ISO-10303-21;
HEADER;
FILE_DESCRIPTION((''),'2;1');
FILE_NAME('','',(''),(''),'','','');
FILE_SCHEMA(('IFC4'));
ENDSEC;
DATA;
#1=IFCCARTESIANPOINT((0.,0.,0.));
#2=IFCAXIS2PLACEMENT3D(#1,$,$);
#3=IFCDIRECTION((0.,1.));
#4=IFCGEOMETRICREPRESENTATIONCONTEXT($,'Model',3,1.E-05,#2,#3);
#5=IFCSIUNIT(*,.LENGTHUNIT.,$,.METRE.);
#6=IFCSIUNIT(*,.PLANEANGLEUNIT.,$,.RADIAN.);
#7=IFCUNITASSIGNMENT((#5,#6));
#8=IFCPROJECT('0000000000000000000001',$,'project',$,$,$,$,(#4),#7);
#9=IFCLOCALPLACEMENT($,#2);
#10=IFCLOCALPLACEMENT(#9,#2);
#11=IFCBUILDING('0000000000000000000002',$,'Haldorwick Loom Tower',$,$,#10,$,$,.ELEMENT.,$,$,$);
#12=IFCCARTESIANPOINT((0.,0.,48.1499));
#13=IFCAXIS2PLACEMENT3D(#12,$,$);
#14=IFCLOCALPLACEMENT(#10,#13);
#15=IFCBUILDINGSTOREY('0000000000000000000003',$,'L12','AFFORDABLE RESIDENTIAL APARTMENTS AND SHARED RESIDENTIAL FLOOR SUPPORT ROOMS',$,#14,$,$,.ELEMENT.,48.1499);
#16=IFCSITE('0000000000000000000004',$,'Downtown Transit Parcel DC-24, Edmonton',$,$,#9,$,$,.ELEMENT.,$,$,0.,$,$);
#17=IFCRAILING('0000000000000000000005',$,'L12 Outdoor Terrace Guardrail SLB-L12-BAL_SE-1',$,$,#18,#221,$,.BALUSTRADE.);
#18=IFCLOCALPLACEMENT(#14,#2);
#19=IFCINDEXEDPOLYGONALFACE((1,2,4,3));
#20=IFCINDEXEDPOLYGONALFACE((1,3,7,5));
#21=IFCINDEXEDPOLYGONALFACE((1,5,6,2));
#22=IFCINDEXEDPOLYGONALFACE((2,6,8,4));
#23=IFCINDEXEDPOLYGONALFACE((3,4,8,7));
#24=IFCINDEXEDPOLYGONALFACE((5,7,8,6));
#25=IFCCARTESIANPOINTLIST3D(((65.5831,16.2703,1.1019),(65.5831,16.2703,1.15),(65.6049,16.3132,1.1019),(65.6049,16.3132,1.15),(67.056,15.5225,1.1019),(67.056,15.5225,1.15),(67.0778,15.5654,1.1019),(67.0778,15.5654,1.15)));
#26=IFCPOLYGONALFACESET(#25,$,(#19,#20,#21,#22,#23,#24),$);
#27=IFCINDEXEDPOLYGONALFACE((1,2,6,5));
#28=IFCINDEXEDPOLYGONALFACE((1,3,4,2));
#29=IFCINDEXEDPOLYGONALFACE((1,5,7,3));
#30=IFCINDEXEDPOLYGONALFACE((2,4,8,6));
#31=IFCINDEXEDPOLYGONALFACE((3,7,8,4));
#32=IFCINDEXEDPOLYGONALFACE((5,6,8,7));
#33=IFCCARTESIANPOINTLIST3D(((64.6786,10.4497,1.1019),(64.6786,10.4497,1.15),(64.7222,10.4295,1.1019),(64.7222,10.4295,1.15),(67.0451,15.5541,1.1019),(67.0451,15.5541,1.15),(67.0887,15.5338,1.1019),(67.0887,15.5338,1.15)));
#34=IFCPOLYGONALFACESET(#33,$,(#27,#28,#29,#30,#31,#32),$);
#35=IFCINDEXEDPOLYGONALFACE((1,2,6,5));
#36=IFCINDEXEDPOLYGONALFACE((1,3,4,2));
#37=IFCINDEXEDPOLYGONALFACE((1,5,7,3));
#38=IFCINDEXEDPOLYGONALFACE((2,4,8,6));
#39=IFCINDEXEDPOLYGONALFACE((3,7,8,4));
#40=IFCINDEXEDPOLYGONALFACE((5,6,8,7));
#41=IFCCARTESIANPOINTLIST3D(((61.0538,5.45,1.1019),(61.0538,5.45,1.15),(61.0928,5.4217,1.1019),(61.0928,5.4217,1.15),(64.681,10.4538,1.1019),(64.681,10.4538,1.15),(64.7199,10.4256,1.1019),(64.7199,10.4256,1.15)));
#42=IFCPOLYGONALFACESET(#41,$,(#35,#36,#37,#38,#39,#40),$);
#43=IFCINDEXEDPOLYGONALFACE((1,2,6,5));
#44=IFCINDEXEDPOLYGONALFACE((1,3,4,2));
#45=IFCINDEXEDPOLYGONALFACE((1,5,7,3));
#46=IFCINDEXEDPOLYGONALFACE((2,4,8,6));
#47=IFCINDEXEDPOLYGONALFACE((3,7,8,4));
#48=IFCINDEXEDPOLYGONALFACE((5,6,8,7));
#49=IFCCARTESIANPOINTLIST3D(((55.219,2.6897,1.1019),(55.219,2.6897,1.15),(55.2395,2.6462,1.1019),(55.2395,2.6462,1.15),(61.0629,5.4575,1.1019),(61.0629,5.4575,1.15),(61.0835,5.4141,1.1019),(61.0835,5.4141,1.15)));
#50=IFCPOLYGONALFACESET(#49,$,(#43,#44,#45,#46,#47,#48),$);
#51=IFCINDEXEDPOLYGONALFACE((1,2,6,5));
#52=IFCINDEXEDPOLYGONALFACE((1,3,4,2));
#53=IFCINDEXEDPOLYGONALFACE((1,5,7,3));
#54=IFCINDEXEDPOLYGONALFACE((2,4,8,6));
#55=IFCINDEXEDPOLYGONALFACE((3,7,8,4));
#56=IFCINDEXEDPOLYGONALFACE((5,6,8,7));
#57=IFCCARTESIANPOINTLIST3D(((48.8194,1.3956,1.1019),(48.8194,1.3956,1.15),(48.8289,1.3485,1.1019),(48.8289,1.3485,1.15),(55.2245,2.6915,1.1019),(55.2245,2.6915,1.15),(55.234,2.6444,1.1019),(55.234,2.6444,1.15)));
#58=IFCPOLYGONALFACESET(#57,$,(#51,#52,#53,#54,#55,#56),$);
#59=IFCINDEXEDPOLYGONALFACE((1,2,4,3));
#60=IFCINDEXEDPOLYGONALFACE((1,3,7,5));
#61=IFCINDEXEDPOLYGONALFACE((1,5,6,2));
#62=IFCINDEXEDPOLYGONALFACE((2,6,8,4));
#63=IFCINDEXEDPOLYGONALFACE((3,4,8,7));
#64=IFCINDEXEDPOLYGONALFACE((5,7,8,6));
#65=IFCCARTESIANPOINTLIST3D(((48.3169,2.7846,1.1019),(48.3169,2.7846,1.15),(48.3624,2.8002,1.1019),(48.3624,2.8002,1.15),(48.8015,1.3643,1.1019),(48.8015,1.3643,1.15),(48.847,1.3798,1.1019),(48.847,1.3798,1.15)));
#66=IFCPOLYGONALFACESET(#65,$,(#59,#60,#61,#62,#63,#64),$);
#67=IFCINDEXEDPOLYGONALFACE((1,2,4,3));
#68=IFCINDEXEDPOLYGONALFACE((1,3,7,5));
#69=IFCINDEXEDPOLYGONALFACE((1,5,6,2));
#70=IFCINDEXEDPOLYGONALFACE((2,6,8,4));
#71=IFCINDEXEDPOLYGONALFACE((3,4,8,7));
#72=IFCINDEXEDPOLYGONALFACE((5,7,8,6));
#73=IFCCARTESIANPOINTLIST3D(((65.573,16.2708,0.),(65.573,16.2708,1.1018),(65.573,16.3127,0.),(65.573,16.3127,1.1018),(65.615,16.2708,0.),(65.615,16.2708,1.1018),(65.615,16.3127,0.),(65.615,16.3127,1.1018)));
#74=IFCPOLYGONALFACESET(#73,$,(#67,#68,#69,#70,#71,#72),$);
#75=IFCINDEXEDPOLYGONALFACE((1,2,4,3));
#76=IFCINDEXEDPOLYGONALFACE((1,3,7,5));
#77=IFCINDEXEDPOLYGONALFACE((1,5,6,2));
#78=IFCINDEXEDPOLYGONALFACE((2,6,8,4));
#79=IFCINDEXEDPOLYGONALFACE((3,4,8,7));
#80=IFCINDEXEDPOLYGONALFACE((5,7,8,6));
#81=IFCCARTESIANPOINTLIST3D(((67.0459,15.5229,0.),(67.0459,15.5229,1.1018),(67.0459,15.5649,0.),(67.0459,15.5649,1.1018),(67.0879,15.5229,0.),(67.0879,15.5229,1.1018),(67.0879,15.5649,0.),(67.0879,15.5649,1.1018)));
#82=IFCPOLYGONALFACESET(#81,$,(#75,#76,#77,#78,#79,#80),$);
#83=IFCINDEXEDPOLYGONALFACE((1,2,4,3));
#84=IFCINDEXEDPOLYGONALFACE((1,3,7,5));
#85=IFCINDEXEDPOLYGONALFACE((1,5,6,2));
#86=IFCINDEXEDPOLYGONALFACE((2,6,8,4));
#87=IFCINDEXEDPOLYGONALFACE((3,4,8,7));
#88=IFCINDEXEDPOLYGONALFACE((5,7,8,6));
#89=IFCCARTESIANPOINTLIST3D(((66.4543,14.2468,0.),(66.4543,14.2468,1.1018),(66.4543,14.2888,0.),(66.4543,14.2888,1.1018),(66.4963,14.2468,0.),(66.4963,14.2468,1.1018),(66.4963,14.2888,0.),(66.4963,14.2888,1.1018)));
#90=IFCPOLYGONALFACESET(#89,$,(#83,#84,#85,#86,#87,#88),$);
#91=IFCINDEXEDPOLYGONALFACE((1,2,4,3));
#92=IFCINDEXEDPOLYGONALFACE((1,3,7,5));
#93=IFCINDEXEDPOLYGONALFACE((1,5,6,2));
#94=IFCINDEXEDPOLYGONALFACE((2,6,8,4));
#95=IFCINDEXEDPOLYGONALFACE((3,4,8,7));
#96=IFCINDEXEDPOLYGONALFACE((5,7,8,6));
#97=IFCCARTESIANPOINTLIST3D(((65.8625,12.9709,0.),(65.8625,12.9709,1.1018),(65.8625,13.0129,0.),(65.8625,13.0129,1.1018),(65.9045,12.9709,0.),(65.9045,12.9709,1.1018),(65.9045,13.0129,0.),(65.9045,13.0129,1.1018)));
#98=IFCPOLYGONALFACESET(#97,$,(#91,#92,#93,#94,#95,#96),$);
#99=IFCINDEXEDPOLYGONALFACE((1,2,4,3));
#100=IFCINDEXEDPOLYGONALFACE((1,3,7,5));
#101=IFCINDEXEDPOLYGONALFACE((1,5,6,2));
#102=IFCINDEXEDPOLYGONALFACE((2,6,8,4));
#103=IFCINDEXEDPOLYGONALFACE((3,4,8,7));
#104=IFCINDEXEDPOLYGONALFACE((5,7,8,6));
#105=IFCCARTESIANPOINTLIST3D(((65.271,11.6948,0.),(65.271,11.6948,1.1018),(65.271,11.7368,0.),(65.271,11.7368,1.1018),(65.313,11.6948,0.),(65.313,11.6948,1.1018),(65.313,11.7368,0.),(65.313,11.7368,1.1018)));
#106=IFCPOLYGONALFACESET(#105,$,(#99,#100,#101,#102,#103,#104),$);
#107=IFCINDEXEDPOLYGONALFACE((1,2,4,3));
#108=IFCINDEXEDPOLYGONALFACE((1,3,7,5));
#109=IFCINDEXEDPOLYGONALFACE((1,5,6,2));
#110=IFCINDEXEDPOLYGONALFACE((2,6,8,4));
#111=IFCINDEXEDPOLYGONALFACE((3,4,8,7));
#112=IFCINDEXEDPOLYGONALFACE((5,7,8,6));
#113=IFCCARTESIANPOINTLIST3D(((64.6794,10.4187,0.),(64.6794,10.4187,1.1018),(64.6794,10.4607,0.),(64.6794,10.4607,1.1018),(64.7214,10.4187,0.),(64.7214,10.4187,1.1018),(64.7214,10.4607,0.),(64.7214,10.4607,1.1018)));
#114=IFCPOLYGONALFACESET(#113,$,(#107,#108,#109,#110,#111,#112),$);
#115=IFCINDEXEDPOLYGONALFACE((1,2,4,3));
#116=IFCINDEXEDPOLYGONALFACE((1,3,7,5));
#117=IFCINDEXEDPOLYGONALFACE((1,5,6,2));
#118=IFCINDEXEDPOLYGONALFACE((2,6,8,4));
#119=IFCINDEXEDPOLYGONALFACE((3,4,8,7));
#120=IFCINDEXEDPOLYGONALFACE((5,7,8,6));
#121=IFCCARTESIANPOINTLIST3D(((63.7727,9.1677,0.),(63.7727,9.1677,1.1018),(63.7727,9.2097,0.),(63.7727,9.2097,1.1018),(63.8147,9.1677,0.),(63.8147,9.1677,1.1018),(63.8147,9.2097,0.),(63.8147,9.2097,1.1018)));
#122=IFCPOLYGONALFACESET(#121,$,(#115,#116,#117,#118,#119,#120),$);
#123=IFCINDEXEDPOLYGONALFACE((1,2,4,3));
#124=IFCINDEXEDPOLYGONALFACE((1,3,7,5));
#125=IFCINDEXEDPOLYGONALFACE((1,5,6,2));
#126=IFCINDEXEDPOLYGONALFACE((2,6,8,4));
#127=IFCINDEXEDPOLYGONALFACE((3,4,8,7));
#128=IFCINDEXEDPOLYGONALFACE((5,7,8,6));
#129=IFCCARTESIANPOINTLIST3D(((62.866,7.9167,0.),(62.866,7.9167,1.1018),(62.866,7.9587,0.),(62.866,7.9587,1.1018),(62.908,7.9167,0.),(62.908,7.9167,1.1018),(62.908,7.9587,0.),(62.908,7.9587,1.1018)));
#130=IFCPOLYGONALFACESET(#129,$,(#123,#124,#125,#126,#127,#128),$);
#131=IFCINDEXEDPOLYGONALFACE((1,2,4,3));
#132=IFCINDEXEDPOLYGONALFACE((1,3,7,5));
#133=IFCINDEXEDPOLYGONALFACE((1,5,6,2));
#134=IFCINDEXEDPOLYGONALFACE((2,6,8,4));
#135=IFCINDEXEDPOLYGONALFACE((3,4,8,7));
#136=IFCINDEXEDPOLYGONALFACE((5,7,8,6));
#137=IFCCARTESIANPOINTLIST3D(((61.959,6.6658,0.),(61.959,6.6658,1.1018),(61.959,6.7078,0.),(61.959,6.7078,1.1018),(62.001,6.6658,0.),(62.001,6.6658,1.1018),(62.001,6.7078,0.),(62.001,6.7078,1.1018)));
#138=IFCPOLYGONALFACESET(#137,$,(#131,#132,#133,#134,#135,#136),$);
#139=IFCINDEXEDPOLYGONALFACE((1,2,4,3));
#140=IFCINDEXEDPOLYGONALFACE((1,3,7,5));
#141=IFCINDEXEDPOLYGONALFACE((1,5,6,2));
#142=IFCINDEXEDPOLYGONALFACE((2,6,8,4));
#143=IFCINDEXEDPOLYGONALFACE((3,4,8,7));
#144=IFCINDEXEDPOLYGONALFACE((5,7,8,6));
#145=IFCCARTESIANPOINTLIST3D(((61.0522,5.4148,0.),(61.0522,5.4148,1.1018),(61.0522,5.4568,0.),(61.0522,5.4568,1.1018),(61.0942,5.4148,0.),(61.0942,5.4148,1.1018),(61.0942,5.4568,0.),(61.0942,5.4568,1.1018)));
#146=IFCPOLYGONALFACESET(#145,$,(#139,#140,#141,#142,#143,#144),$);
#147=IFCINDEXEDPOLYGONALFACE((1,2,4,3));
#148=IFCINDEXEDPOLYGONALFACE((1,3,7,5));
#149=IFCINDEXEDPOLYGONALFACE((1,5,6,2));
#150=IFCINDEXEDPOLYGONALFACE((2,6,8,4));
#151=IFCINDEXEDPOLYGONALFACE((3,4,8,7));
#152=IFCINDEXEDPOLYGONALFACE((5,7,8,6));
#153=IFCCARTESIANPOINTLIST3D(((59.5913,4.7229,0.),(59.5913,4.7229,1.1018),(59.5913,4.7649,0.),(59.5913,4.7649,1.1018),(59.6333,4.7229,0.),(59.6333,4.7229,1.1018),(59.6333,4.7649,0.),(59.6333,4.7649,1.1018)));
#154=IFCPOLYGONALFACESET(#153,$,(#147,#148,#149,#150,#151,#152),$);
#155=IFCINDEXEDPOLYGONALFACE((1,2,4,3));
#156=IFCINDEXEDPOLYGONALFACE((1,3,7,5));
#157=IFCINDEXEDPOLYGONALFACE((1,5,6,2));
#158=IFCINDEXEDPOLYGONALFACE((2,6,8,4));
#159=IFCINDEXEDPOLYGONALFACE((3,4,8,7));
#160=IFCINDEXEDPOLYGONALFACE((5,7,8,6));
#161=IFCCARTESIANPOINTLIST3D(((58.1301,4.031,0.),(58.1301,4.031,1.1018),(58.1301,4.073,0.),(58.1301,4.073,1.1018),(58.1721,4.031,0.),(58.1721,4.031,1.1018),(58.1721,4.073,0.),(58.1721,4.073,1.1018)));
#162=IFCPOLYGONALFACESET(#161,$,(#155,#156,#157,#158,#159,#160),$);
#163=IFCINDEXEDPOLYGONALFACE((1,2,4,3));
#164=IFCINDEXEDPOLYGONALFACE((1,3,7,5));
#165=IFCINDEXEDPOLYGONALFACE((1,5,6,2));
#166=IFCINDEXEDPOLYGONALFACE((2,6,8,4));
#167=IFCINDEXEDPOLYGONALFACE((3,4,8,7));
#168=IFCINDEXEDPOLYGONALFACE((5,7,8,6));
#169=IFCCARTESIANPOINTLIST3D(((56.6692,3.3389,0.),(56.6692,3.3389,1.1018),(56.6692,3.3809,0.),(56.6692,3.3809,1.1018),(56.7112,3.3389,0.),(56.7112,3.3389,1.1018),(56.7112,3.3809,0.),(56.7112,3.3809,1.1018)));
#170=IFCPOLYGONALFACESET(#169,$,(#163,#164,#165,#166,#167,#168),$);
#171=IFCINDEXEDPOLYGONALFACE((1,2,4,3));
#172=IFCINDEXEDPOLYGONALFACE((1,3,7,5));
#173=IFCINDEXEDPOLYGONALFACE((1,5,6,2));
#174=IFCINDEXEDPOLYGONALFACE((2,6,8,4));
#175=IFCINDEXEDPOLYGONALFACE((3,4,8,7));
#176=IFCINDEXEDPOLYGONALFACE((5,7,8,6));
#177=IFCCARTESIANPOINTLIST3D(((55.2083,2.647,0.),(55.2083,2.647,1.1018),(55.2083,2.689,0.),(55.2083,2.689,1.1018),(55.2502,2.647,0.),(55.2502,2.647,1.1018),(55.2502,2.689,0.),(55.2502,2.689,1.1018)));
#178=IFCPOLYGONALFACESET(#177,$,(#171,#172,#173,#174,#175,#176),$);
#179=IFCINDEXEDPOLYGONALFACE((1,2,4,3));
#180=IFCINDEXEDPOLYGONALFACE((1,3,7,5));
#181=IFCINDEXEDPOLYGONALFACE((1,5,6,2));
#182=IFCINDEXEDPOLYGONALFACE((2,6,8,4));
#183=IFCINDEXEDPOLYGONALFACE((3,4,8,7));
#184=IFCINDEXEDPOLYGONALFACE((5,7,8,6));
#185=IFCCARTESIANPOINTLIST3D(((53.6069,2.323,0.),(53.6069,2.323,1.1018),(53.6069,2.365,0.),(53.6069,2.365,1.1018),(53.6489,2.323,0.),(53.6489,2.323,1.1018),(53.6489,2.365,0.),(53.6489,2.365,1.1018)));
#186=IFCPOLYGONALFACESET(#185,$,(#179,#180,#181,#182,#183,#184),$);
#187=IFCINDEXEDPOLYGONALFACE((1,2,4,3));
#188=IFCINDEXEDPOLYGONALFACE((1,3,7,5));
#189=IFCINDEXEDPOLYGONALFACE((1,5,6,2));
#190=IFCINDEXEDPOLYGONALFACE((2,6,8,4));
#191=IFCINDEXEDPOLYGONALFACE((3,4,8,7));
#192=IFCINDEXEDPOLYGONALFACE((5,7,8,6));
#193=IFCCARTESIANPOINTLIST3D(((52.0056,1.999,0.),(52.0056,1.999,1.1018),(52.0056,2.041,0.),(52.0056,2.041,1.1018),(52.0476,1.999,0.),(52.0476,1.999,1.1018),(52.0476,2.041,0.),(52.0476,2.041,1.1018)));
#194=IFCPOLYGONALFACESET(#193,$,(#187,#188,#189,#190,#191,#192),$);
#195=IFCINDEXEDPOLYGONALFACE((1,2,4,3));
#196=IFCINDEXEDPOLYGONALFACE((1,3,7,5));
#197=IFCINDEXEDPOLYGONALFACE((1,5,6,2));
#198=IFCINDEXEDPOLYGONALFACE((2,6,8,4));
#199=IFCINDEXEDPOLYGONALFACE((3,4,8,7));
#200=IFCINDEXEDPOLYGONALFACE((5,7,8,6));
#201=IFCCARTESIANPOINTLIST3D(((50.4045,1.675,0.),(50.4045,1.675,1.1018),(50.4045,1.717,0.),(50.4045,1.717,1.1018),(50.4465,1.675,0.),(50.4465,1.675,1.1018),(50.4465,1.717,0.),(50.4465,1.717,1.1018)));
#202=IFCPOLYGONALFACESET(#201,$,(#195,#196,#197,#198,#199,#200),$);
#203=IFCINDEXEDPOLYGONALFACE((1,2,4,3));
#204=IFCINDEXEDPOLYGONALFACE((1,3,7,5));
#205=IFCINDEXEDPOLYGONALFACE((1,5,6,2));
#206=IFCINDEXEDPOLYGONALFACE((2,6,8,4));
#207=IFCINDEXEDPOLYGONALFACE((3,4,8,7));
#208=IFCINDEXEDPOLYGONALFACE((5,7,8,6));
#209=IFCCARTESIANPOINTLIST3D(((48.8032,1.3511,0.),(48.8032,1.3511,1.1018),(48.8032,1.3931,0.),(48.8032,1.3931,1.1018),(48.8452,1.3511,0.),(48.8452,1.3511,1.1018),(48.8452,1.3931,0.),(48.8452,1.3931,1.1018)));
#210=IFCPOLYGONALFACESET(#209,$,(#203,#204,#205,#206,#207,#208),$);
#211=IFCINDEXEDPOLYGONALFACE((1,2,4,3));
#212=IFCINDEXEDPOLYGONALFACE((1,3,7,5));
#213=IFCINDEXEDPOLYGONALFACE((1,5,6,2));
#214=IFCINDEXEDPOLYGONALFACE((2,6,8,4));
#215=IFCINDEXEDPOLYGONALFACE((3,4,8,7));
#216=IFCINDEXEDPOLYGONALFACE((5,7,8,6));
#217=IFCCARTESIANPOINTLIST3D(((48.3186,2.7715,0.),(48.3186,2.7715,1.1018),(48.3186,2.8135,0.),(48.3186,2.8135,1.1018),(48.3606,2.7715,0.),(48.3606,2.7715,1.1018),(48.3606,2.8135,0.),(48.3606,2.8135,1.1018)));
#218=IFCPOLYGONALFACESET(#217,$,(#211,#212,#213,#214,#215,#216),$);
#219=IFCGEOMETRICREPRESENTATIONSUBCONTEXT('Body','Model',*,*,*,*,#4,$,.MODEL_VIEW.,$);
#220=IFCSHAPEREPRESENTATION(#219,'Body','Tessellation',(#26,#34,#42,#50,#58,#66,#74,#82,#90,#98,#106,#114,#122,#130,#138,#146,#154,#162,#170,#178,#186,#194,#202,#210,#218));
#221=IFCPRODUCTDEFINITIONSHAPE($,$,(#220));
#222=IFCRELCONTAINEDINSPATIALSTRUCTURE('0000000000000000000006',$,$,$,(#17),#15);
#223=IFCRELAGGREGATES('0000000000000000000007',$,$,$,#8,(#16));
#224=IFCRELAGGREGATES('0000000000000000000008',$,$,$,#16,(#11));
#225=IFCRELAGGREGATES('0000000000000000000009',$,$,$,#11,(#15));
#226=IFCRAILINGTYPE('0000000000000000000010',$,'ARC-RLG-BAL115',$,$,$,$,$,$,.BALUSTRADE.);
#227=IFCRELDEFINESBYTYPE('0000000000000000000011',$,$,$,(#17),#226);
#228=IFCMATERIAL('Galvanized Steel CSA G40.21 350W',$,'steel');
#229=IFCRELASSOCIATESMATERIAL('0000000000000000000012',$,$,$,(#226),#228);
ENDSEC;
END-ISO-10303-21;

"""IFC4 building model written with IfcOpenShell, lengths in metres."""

from ifc_helpers import new_model, si_unit, direction, frame, origin, origin_2d, place, context, subcontext, project, spatial, rectangle, extrude, material, type_object, element, save


model = new_model("IFC4")

# Units and contexts
model_context = context("Model", 3, precision=1e-05, world=origin(), true_north=direction((0.0, 1.0)))
body_context = subcontext(model_context, "Body", "Model", "MODEL_VIEW")
ifc_project = project(units=[si_unit("LENGTHUNIT", "METRE"), si_unit("PLANEANGLEUNIT", "RADIAN")], contexts=[model_context])

# Site, building, storey
site_placement = place(None, origin())
site = spatial("IfcSite", under=ifc_project, at=site_placement, Name="Downtown Transit Parcel DC-24, Edmonton", CompositionType="ELEMENT", RefElevation=0.0)
building_placement = place(site_placement, origin())
building = spatial("IfcBuilding", under=site, at=building_placement, Name="Haldorwick Loom Tower", CompositionType="ELEMENT")
storey_placement = place(building_placement, frame((0.0, 0.0, 48.1499)))
storey = spatial("IfcBuildingStorey", under=building, at=storey_placement, Name="L12", Description="AFFORDABLE RESIDENTIAL APARTMENTS AND SHARED RESIDENTIAL FLOOR SUPPORT ROOMS", CompositionType="ELEMENT", Elevation=48.1499)

# Railing
ifc_material_1 = material(Name="Galvanized Steel CSA G40.21 350W", Category="steel")
railing_type = type_object("IfcRailingType", Name="ARC-RLG-BAL115", PredefinedType="BALUSTRADE", material=ifc_material_1)
railing_placement = place(storey_placement, frame((65.594, 16.2917, 0.0)))
element("IfcRailing", 1, at=railing_placement, inside=storey, type_object=railing_type, Name="L12 Outdoor Terrace Guardrail SLB-L12-BAL_SE-1", PredefinedType="BALUSTRADE", context=body_context, shape_type="SweptSolid", body=[
    extrude(rectangle(XDim=0.0481, YDim=0.0481, at=origin_2d()), frame((0.0, 0.0, 1.126), z_axis=(0.891661, -0.452703, 0.0), x_axis=(0.452703, 0.891661, 0.0)), (0.0, 0.0, 1.0), 1.6519),
    extrude(rectangle(XDim=0.0481, YDim=0.0481, at=origin_2d()), frame((1.4729, -0.7478, 1.126), z_axis=(-0.420618, -0.907238, 0.0), x_axis=(0.907238, -0.420618, 0.0)), (0.0, 0.0, 1.0), 5.6262),
    extrude(rectangle(XDim=0.0481, YDim=0.0481, at=origin_2d()), frame((-0.8936, -5.8521, 1.126), z_axis=(-0.5869, -0.809659, 0.0), x_axis=(0.809659, -0.5869, 0.0)), (0.0, 0.0, 1.0), 6.1802),
    extrude(rectangle(XDim=0.0481, YDim=0.0481, at=origin_2d()), frame((-4.5208, -10.856, 1.126), z_axis=(-0.903761, -0.428038, 0.0), x_axis=(0.428038, -0.903761, 0.0)), (0.0, 0.0, 1.0), 6.4663),
    extrude(rectangle(XDim=0.0481, YDim=0.0481, at=origin_2d()), frame((-10.3647, -13.6238, 1.126), z_axis=(-0.98014, -0.198307, 0.0), x_axis=(0.198307, -0.98014, 0.0)), (0.0, 0.0, 1.0), 6.5349),
    extrude(rectangle(XDim=0.0481, YDim=0.0481, at=origin_2d()), frame((-16.7698, -14.9197, 1.126), z_axis=(-0.322906, 0.946431, 0.0), x_axis=(-0.946431, -0.322906, 0.0)), (0.0, 0.0, 1.0), 1.5007),
    extrude(rectangle(XDim=0.042, YDim=0.042, at=origin_2d()), origin(), (0.0, 0.0, 1.0), 1.1018),
    extrude(rectangle(XDim=0.042, YDim=0.042, at=origin_2d()), frame((1.4729, -0.7478, 0.0)), (0.0, 0.0, 1.0), 1.1018),
    extrude(rectangle(XDim=0.042, YDim=0.042, at=origin_2d()), frame((0.8813, -2.0239, 0.0)), (0.0, 0.0, 1.0), 1.1018),
    extrude(rectangle(XDim=0.042, YDim=0.042, at=origin_2d()), frame((0.2896, -3.2998, 0.0)), (0.0, 0.0, 1.0), 1.1018),
    extrude(rectangle(XDim=0.042, YDim=0.042, at=origin_2d()), frame((-0.302, -4.5759, 0.0)), (0.0, 0.0, 1.0), 1.1018),
    extrude(rectangle(XDim=0.042, YDim=0.042, at=origin_2d()), frame((-0.8936, -5.8521, 0.0)), (0.0, 0.0, 1.0), 1.1018),
    extrude(rectangle(XDim=0.042, YDim=0.042, at=origin_2d()), frame((-1.8003, -7.103, 0.0)), (0.0, 0.0, 1.0), 1.1018),
    extrude(rectangle(XDim=0.042, YDim=0.042, at=origin_2d()), frame((-2.707, -8.354, 0.0)), (0.0, 0.0, 1.0), 1.1018),
    extrude(rectangle(XDim=0.042, YDim=0.042, at=origin_2d()), frame((-3.614, -9.605, 0.0)), (0.0, 0.0, 1.0), 1.1018),
    extrude(rectangle(XDim=0.042, YDim=0.042, at=origin_2d()), frame((-4.5208, -10.856, 0.0)), (0.0, 0.0, 1.0), 1.1018),
    extrude(rectangle(XDim=0.042, YDim=0.042, at=origin_2d()), frame((-5.9817, -11.5479, 0.0)), (0.0, 0.0, 1.0), 1.1018),
    extrude(rectangle(XDim=0.042, YDim=0.042, at=origin_2d()), frame((-7.4429, -12.2397, 0.0)), (0.0, 0.0, 1.0), 1.1018),
    extrude(rectangle(XDim=0.042, YDim=0.042, at=origin_2d()), frame((-8.9038, -12.9319, 0.0)), (0.0, 0.0, 1.0), 1.1018),
    extrude(rectangle(XDim=0.042, YDim=0.042, at=origin_2d()), frame((-10.3647, -13.6238, 0.0)), (0.0, 0.0, 1.0), 1.1018),
    extrude(rectangle(XDim=0.042, YDim=0.042, at=origin_2d()), frame((-11.9661, -13.9478, 0.0)), (0.0, 0.0, 1.0), 1.1018),
    extrude(rectangle(XDim=0.042, YDim=0.042, at=origin_2d()), frame((-13.5674, -14.2717, 0.0)), (0.0, 0.0, 1.0), 1.1018),
    extrude(rectangle(XDim=0.042, YDim=0.042, at=origin_2d()), frame((-15.1685, -14.5957, 0.0)), (0.0, 0.0, 1.0), 1.1018),
    extrude(rectangle(XDim=0.042, YDim=0.042, at=origin_2d()), frame((-16.7698, -14.9197, 0.0)), (0.0, 0.0, 1.0), 1.1018),
    extrude(rectangle(XDim=0.042, YDim=0.042, at=origin_2d()), frame((-17.2544, -13.4993, 0.0)), (0.0, 0.0, 1.0), 1.1018),
])

save(model, "model.ifc")
